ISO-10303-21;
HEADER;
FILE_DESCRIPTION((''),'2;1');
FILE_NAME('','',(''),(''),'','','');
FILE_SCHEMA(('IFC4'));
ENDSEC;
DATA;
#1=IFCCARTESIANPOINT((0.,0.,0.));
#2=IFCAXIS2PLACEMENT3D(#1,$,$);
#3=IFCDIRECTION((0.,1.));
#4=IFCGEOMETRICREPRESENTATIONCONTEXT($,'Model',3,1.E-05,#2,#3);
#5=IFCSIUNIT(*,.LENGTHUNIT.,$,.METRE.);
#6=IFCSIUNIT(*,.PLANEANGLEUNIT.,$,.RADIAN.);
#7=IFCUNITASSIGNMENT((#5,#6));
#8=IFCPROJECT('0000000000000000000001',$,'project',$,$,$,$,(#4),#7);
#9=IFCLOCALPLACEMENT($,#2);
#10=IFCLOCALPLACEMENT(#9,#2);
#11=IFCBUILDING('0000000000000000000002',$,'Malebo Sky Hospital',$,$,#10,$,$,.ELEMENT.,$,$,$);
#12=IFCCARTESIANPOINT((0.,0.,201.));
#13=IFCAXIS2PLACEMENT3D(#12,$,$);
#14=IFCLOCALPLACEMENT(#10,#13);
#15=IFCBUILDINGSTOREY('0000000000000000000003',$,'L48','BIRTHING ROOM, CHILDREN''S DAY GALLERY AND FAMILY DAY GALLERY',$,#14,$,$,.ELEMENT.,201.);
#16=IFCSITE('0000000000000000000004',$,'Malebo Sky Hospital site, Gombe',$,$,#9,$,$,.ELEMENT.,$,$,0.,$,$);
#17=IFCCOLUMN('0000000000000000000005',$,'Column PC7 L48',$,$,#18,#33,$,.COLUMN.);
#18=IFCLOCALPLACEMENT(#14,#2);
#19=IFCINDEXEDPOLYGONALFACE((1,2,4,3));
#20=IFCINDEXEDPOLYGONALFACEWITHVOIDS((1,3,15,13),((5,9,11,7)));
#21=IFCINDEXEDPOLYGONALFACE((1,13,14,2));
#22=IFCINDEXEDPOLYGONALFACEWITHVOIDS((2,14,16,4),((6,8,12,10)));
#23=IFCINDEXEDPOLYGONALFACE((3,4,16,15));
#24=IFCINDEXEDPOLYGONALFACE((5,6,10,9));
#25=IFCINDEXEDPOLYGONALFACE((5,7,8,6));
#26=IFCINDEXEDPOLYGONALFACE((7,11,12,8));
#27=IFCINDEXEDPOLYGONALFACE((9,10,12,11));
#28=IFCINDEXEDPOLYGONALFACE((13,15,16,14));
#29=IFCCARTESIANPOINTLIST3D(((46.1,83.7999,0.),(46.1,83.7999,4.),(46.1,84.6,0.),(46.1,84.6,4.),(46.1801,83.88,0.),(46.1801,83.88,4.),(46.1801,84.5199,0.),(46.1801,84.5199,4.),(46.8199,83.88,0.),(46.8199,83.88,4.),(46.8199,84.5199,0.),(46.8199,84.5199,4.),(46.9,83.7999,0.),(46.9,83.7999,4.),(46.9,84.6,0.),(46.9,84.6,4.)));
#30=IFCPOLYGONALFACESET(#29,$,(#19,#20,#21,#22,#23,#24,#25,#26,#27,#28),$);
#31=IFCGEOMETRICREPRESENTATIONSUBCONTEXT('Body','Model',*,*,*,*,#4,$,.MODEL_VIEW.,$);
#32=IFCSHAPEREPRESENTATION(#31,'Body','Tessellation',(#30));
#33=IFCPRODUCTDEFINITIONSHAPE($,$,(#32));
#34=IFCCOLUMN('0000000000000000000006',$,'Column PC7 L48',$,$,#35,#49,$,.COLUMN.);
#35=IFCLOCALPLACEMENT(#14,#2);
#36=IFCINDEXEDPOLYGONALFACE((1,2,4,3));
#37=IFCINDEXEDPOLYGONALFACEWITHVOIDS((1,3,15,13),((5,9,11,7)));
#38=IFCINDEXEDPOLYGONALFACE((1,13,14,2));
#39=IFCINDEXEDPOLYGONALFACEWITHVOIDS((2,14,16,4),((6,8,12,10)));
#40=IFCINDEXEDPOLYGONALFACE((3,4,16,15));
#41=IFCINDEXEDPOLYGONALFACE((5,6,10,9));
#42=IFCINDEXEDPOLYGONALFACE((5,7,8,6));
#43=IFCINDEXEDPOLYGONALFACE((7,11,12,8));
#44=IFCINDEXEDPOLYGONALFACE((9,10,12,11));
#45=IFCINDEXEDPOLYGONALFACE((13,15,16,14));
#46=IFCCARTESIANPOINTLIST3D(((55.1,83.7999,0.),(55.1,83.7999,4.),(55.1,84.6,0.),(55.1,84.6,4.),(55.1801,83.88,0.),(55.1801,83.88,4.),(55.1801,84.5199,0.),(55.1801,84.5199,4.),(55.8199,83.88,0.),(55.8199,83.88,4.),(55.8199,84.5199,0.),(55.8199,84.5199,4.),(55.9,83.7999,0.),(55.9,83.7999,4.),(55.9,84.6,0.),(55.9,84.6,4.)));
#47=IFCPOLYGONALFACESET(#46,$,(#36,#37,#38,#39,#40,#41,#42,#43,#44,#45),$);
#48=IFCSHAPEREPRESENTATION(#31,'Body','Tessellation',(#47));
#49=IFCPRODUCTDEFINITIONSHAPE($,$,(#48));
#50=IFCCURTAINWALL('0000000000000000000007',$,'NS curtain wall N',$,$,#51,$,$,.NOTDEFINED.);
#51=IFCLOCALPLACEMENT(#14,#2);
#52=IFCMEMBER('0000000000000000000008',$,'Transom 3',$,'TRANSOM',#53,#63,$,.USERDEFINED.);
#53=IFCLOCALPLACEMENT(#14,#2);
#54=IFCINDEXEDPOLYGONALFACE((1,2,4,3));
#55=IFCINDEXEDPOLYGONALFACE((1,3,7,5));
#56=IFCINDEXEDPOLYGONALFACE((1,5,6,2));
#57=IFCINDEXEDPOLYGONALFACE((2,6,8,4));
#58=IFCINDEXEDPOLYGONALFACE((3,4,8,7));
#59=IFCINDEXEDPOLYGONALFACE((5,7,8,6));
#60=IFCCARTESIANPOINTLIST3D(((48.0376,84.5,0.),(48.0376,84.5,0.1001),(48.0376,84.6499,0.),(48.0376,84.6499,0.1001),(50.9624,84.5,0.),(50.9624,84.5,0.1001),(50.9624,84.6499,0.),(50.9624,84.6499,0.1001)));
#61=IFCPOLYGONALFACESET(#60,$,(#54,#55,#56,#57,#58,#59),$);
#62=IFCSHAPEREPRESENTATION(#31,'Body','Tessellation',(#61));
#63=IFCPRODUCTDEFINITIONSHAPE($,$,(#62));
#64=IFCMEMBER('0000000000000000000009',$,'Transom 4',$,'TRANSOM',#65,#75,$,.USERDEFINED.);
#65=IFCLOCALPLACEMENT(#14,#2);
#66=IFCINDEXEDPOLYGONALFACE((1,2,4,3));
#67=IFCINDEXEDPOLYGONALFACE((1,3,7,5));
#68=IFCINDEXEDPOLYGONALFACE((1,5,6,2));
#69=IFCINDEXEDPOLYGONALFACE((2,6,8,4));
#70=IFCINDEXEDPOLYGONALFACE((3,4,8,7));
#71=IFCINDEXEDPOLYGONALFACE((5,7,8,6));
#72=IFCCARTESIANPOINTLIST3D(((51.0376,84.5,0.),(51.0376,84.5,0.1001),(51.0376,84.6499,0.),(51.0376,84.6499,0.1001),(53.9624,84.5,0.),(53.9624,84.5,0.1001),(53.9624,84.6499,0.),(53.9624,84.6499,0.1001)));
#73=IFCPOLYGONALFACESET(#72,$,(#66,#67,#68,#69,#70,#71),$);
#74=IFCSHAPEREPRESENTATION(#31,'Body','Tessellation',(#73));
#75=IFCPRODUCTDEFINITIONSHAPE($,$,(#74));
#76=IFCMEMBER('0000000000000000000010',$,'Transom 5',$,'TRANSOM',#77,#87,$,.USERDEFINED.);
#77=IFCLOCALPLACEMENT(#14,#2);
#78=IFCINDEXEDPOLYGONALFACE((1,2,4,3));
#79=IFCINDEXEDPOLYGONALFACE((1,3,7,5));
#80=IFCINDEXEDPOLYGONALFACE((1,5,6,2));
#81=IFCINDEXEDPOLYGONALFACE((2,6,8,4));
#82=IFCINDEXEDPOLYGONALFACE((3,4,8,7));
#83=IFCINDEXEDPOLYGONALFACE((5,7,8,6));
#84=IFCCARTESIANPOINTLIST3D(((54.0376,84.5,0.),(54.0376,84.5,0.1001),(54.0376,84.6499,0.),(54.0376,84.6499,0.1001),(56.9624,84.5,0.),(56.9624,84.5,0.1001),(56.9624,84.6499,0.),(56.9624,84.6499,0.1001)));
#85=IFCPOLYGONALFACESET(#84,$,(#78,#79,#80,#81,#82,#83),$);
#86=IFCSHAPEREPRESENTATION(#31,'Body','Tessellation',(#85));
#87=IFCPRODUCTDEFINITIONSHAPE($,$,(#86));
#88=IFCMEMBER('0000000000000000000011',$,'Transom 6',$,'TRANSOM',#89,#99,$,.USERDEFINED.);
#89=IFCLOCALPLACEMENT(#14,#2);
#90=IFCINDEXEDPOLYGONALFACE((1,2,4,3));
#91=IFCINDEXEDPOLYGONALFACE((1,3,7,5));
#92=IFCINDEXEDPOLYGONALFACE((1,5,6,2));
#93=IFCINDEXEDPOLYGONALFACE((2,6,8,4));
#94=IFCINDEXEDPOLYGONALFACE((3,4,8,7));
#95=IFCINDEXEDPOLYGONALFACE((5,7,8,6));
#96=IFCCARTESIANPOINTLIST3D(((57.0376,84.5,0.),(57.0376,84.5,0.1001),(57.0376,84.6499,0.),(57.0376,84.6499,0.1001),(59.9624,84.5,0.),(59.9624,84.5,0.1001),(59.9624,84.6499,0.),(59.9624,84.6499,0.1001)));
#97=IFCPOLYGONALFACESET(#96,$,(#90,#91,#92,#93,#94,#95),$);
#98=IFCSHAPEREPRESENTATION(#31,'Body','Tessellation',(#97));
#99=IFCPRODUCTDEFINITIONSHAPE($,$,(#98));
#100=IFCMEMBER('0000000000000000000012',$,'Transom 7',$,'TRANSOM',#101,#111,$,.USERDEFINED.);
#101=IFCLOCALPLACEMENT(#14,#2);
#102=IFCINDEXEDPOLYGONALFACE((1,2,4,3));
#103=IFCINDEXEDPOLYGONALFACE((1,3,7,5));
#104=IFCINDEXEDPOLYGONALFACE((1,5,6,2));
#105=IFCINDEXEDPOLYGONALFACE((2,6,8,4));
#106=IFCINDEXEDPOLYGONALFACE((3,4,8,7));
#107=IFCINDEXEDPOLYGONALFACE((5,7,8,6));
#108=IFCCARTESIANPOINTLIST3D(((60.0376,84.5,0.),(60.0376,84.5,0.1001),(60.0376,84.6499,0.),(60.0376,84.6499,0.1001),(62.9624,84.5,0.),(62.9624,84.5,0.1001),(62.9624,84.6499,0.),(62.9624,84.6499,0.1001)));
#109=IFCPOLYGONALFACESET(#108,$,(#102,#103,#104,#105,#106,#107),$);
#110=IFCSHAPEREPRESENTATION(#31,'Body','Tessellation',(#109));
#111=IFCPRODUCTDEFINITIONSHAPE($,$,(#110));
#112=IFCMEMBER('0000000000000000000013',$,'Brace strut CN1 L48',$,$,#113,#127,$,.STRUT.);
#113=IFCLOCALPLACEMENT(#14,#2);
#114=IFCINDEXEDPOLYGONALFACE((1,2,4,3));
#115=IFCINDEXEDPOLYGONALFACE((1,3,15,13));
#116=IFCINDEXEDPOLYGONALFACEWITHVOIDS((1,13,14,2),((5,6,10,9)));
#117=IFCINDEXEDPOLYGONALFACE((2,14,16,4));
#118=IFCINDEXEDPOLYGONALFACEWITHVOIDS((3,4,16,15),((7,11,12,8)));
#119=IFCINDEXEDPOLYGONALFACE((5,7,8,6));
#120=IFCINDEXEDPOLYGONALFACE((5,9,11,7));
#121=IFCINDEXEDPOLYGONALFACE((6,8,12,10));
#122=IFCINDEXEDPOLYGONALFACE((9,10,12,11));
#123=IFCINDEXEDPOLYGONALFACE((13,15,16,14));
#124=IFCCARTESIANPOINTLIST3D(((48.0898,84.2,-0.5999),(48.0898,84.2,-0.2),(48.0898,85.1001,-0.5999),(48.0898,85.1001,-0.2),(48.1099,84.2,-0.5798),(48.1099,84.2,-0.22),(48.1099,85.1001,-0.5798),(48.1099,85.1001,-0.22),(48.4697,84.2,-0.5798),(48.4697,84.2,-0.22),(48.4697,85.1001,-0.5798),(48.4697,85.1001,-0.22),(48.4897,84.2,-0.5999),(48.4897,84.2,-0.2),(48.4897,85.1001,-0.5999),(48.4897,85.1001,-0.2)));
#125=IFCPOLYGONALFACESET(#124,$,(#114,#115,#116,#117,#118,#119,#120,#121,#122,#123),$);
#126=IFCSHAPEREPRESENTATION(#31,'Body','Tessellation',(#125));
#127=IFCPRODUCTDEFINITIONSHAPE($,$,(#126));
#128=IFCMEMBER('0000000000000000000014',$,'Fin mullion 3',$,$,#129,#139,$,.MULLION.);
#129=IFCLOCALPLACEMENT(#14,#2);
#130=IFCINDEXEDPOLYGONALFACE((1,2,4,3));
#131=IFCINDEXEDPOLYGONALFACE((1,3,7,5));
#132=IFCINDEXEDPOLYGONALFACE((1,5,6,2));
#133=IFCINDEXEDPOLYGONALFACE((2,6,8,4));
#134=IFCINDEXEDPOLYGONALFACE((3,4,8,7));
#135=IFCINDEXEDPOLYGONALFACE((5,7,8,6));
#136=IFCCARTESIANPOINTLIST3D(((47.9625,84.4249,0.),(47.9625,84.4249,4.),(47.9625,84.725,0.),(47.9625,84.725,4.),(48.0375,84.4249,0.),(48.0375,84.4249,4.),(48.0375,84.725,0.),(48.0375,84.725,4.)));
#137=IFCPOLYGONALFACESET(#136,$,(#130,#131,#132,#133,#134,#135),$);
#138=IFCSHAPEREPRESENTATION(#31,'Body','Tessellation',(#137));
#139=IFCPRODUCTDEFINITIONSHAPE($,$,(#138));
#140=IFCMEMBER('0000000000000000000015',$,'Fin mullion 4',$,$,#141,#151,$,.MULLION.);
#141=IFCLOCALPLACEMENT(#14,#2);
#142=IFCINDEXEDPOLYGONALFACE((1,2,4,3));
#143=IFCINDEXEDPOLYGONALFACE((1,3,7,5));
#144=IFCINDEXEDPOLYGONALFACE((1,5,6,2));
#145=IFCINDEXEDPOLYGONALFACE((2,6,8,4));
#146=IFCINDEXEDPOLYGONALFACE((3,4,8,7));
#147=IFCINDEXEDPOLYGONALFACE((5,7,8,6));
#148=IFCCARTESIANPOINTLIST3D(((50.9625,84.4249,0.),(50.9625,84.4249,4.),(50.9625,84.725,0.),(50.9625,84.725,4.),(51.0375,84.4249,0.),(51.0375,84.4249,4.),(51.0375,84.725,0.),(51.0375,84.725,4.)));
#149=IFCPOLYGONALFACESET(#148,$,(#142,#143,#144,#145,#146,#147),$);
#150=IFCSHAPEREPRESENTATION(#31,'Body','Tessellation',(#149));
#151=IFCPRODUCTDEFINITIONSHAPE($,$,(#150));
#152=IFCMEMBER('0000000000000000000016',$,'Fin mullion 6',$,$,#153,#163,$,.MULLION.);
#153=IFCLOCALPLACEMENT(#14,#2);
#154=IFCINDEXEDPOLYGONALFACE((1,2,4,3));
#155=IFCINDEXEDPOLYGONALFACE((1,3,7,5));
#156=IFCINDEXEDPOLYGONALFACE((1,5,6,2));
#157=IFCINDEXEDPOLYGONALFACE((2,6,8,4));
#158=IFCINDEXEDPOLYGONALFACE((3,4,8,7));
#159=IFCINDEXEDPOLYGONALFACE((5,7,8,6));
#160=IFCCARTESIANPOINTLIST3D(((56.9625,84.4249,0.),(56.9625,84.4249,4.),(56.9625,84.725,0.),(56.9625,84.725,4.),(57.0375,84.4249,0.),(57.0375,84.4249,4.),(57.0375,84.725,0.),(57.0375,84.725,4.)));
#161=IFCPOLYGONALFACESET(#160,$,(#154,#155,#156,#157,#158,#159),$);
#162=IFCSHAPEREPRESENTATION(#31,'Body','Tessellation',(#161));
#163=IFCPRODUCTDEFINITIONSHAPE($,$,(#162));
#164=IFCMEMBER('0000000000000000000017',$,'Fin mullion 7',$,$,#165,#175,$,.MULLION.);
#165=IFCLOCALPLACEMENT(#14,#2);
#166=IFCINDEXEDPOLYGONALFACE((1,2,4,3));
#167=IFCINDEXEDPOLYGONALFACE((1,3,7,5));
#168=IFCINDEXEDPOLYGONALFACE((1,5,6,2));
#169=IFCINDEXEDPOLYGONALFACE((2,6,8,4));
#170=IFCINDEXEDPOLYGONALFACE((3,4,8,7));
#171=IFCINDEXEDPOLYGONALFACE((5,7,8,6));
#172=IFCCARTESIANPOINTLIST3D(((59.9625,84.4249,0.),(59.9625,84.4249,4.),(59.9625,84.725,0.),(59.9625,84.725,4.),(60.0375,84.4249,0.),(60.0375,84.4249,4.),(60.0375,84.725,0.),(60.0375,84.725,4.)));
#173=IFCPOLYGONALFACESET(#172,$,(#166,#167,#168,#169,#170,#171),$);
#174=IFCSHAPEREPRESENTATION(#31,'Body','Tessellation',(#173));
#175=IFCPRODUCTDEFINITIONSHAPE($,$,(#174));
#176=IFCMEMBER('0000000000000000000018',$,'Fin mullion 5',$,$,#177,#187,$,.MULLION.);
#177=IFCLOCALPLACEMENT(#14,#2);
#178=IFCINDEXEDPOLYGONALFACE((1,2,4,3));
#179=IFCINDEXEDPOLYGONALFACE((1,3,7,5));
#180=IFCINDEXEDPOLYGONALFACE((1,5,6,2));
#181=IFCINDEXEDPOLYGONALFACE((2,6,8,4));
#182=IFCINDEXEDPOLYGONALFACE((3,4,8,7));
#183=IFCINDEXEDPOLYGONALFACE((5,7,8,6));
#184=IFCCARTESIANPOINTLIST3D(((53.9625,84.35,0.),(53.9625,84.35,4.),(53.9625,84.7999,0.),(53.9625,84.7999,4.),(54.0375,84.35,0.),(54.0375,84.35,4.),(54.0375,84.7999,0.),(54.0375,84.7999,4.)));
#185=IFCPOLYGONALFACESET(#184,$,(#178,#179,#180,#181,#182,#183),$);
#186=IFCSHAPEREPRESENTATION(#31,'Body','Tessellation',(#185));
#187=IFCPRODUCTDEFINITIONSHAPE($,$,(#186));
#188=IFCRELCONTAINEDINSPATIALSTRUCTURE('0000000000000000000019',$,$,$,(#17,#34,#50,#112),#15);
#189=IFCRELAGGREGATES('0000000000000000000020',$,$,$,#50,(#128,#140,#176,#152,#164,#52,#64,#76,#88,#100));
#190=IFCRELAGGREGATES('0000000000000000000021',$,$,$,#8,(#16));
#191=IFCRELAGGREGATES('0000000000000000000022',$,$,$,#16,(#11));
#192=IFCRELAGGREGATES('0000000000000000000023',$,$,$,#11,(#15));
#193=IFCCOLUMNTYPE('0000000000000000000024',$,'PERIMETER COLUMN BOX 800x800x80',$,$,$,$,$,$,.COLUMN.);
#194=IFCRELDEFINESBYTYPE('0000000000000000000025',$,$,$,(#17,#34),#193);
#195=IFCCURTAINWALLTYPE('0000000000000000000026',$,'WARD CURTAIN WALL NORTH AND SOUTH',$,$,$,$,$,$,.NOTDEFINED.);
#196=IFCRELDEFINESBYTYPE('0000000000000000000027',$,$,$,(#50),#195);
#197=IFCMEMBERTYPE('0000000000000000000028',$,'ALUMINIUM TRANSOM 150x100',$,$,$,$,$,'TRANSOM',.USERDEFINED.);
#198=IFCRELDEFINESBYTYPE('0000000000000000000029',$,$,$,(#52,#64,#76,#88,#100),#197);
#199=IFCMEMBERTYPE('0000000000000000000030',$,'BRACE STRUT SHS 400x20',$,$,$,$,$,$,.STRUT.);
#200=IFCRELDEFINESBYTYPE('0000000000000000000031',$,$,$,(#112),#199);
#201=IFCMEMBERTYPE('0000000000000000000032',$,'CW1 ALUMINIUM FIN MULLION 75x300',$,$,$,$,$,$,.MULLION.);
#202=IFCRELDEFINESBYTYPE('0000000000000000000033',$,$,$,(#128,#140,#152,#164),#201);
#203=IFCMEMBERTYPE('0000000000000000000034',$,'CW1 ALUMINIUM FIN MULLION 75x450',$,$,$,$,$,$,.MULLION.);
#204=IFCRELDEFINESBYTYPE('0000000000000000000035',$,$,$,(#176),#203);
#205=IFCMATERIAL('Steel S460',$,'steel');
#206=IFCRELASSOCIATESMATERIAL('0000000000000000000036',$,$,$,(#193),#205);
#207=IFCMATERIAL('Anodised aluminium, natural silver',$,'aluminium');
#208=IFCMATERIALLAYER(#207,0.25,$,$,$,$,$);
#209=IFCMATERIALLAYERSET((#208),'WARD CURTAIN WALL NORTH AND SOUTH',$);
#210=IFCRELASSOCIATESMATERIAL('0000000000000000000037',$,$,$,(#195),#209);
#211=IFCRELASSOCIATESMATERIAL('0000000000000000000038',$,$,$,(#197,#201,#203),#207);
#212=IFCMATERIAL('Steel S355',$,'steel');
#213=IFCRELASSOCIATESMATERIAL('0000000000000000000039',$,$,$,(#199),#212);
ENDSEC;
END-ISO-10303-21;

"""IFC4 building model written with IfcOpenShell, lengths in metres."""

from ifc_helpers import new_model, si_unit, direction, frame, origin, origin_2d, place, context, subcontext, project, spatial, rectangle, hollow_rectangle, extrude, material, layer, layer_set, material_profile, profile_set, type_object, element, aggregate, save


model = new_model("IFC4")

# Units and contexts
model_context = context("Model", 3, precision=1e-05, world=origin(), true_north=direction((0.0, 1.0)))
body_context = subcontext(model_context, "Body", "Model", "MODEL_VIEW")
ifc_project = project(units=[si_unit("LENGTHUNIT", "METRE"), si_unit("PLANEANGLEUNIT", "RADIAN")], contexts=[model_context])

# Site, building, storey
site_placement = place(None, origin())
site = spatial("IfcSite", under=ifc_project, at=site_placement, Name="Malebo Sky Hospital site, Gombe", CompositionType="ELEMENT", RefElevation=0.0)
building_placement = place(site_placement, origin())
building = spatial("IfcBuilding", under=site, at=building_placement, Name="Malebo Sky Hospital", CompositionType="ELEMENT")
storey_placement = place(building_placement, frame((0.0, 0.0, 201.0)))
storey = spatial("IfcBuildingStorey", under=building, at=storey_placement, Name="L48", Description="BIRTHING ROOM, CHILDREN'S DAY GALLERY AND FAMILY DAY GALLERY", CompositionType="ELEMENT", Elevation=201.0)

# Columns
ifc_material_1 = material(Name="Steel S460", Category="steel")
ifc_material_profile_1 = material_profile(ifc_material_1, hollow_rectangle(XDim=0.8, YDim=0.8, WallThickness=0.0801, at=origin_2d()), Name="BOX 800x800x80")
ifc_profile_set_1 = profile_set([ifc_material_profile_1], Name="Steel S460")
column_type = type_object("IfcColumnType", Name="PERIMETER COLUMN BOX 800x800x80", PredefinedType="COLUMN", material=ifc_profile_set_1)
for number, where, z_axis, x_axis, name in (
    (1, (46.5, 84.2, 0.0), (0.0, 0.0, 1.0), (1.0, 0.0, 0.0), "Column PC7 L48"),
    (2, (55.5, 84.2, 0.0), (0.0, 0.0, 1.0), (1.0, 0.0, 0.0), "Column PC7 L48"),
):
    element("IfcColumn", number, at=place(storey_placement, frame(where, z_axis=z_axis, x_axis=x_axis)), inside=storey, type_object=column_type, Name=name, PredefinedType="COLUMN", context=body_context, shape_type="SweptSolid", body=[
        extrude(hollow_rectangle(XDim=0.8, YDim=0.8, WallThickness=0.0801, at=origin_2d()), origin(), (0.0, 0.0, 1.0), 4.0),
    ])

# Curtain wall, members
ifc_material_2 = material(Name="Anodised aluminium, natural silver", Category="aluminium")
ifc_layer_1 = layer(ifc_material_2, 0.25)
ifc_layer_set_1 = layer_set([ifc_layer_1], Name="WARD CURTAIN WALL NORTH AND SOUTH")
curtain_wall_type = type_object("IfcCurtainWallType", Name="WARD CURTAIN WALL NORTH AND SOUTH", PredefinedType="NOTDEFINED", material=ifc_layer_set_1)
curtain_wall_placement = place(storey_placement, origin())
curtain_wall = element("IfcCurtainWall", 3, at=curtain_wall_placement, inside=storey, type_object=curtain_wall_type, Name="NS curtain wall N", PredefinedType="NOTDEFINED")
ifc_material_profile_2 = material_profile(ifc_material_2, rectangle(XDim=0.1499, YDim=0.1001, at=origin_2d()), Name="ALUMINIUM TRANSOM 150x100")
ifc_profile_set_2 = profile_set([ifc_material_profile_2], Name="Anodised aluminium, natural silver")
member_type_1 = type_object("IfcMemberType", Name="ALUMINIUM TRANSOM 150x100", ElementType="TRANSOM", PredefinedType="USERDEFINED", material=ifc_profile_set_2)
member_1_placement = place(storey_placement, frame((48.0376, 84.575, 0.05), z_axis=(1.0, 0.0, 0.0), x_axis=(0.0, 1.0, 0.0)))
member_1 = element("IfcMember", 4, at=member_1_placement, type_object=member_type_1, Name="Transom 3", ObjectType="TRANSOM", PredefinedType="USERDEFINED", context=body_context, shape_type="SweptSolid", body=[
    extrude(rectangle(XDim=0.1499, YDim=0.1001, at=origin_2d()), origin(), (0.0, 0.0, 1.0), 2.9248),
])
member_2_placement = place(storey_placement, frame((51.0376, 84.575, 0.05), z_axis=(1.0, 0.0, 0.0), x_axis=(0.0, 1.0, 0.0)))
member_2 = element("IfcMember", 5, at=member_2_placement, type_object=member_type_1, Name="Transom 4", ObjectType="TRANSOM", PredefinedType="USERDEFINED", context=body_context, shape_type="SweptSolid", body=[
    extrude(rectangle(XDim=0.1499, YDim=0.1001, at=origin_2d()), origin(), (0.0, 0.0, 1.0), 2.9248),
])
member_3_placement = place(storey_placement, frame((54.0376, 84.575, 0.05), z_axis=(1.0, 0.0, 0.0), x_axis=(0.0, 1.0, 0.0)))
member_3 = element("IfcMember", 6, at=member_3_placement, type_object=member_type_1, Name="Transom 5", ObjectType="TRANSOM", PredefinedType="USERDEFINED", context=body_context, shape_type="SweptSolid", body=[
    extrude(rectangle(XDim=0.1499, YDim=0.1001, at=origin_2d()), origin(), (0.0, 0.0, 1.0), 2.9248),
])
member_4_placement = place(storey_placement, frame((57.0376, 84.575, 0.05), z_axis=(1.0, 0.0, 0.0), x_axis=(0.0, 1.0, 0.0)))
member_4 = element("IfcMember", 7, at=member_4_placement, type_object=member_type_1, Name="Transom 6", ObjectType="TRANSOM", PredefinedType="USERDEFINED", context=body_context, shape_type="SweptSolid", body=[
    extrude(rectangle(XDim=0.1499, YDim=0.1001, at=origin_2d()), origin(), (0.0, 0.0, 1.0), 2.9248),
])
member_5_placement = place(storey_placement, frame((60.0376, 84.575, 0.05), z_axis=(1.0, 0.0, 0.0), x_axis=(0.0, 1.0, 0.0)))
member_5 = element("IfcMember", 8, at=member_5_placement, type_object=member_type_1, Name="Transom 7", ObjectType="TRANSOM", PredefinedType="USERDEFINED", context=body_context, shape_type="SweptSolid", body=[
    extrude(rectangle(XDim=0.1499, YDim=0.1001, at=origin_2d()), origin(), (0.0, 0.0, 1.0), 2.9248),
])

# Members
ifc_material_3 = material(Name="Steel S355", Category="steel")
ifc_material_profile_3 = material_profile(ifc_material_3, hollow_rectangle(XDim=0.3999, YDim=0.3999, WallThickness=0.02, at=origin_2d()), Name="SHS 400x20")
ifc_profile_set_3 = profile_set([ifc_material_profile_3], Name="Steel S355")
member_type_2 = type_object("IfcMemberType", Name="BRACE STRUT SHS 400x20", PredefinedType="STRUT", material=ifc_profile_set_3)
member_6_placement = place(storey_placement, frame((48.2898, 85.1001, -0.3999), z_axis=(0.0, -1.0, 0.0), x_axis=(1.0, 0.0, 0.0)))
element("IfcMember", 9, at=member_6_placement, inside=storey, type_object=member_type_2, Name="Brace strut CN1 L48", PredefinedType="STRUT", context=body_context, shape_type="SweptSolid", body=[
    extrude(hollow_rectangle(XDim=0.3999, YDim=0.3999, WallThickness=0.02, at=origin_2d()), origin(), (0.0, 0.0, 1.0), 0.9001),
])
ifc_material_profile_4 = material_profile(ifc_material_2, rectangle(XDim=0.075, YDim=0.3, at=origin_2d()), Name="CW1 ALUMINIUM FIN MULLION 75x300")
ifc_profile_set_4 = profile_set([ifc_material_profile_4], Name="Anodised aluminium, natural silver")
member_type_3 = type_object("IfcMemberType", Name="CW1 ALUMINIUM FIN MULLION 75x300", PredefinedType="MULLION", material=ifc_profile_set_4)
member_7_placement = place(storey_placement, frame((48.0, 84.575, 0.0), z_axis=(0.0, 0.0, 1.0), x_axis=(1.0, 0.0, 0.0)))
member_7 = element("IfcMember", 10, at=member_7_placement, type_object=member_type_3, Name="Fin mullion 3", PredefinedType="MULLION", context=body_context, shape_type="SweptSolid", body=[
    extrude(rectangle(XDim=0.075, YDim=0.3, at=origin_2d()), origin(), (0.0, 0.0, 1.0), 4.0),
])
member_8_placement = place(storey_placement, frame((51.0, 84.575, 0.0), z_axis=(0.0, 0.0, 1.0), x_axis=(1.0, 0.0, 0.0)))
member_8 = element("IfcMember", 11, at=member_8_placement, type_object=member_type_3, Name="Fin mullion 4", PredefinedType="MULLION", context=body_context, shape_type="SweptSolid", body=[
    extrude(rectangle(XDim=0.075, YDim=0.3, at=origin_2d()), origin(), (0.0, 0.0, 1.0), 4.0),
])
member_9_placement = place(storey_placement, frame((57.0, 84.575, 0.0), z_axis=(0.0, 0.0, 1.0), x_axis=(1.0, 0.0, 0.0)))
member_9 = element("IfcMember", 12, at=member_9_placement, type_object=member_type_3, Name="Fin mullion 6", PredefinedType="MULLION", context=body_context, shape_type="SweptSolid", body=[
    extrude(rectangle(XDim=0.075, YDim=0.3, at=origin_2d()), origin(), (0.0, 0.0, 1.0), 4.0),
])
member_10_placement = place(storey_placement, frame((60.0, 84.575, 0.0), z_axis=(0.0, 0.0, 1.0), x_axis=(1.0, 0.0, 0.0)))
member_10 = element("IfcMember", 13, at=member_10_placement, type_object=member_type_3, Name="Fin mullion 7", PredefinedType="MULLION", context=body_context, shape_type="SweptSolid", body=[
    extrude(rectangle(XDim=0.075, YDim=0.3, at=origin_2d()), origin(), (0.0, 0.0, 1.0), 4.0),
])
ifc_material_profile_5 = material_profile(ifc_material_2, rectangle(XDim=0.075, YDim=0.45, at=origin_2d()), Name="CW1 ALUMINIUM FIN MULLION 75x450")
ifc_profile_set_5 = profile_set([ifc_material_profile_5], Name="Anodised aluminium, natural silver")
member_type_4 = type_object("IfcMemberType", Name="CW1 ALUMINIUM FIN MULLION 75x450", PredefinedType="MULLION", material=ifc_profile_set_5)
member_11_placement = place(storey_placement, frame((54.0, 84.575, 0.0), z_axis=(0.0, 0.0, 1.0), x_axis=(1.0, 0.0, 0.0)))
member_11 = element("IfcMember", 14, at=member_11_placement, type_object=member_type_4, Name="Fin mullion 5", PredefinedType="MULLION", context=body_context, shape_type="SweptSolid", body=[
    extrude(rectangle(XDim=0.075, YDim=0.45, at=origin_2d()), origin(), (0.0, 0.0, 1.0), 4.0),
])

aggregate(curtain_wall, [member_7, member_8, member_11, member_9, member_10, member_1, member_2, member_3, member_4, member_5])

save(model, "model.ifc")
